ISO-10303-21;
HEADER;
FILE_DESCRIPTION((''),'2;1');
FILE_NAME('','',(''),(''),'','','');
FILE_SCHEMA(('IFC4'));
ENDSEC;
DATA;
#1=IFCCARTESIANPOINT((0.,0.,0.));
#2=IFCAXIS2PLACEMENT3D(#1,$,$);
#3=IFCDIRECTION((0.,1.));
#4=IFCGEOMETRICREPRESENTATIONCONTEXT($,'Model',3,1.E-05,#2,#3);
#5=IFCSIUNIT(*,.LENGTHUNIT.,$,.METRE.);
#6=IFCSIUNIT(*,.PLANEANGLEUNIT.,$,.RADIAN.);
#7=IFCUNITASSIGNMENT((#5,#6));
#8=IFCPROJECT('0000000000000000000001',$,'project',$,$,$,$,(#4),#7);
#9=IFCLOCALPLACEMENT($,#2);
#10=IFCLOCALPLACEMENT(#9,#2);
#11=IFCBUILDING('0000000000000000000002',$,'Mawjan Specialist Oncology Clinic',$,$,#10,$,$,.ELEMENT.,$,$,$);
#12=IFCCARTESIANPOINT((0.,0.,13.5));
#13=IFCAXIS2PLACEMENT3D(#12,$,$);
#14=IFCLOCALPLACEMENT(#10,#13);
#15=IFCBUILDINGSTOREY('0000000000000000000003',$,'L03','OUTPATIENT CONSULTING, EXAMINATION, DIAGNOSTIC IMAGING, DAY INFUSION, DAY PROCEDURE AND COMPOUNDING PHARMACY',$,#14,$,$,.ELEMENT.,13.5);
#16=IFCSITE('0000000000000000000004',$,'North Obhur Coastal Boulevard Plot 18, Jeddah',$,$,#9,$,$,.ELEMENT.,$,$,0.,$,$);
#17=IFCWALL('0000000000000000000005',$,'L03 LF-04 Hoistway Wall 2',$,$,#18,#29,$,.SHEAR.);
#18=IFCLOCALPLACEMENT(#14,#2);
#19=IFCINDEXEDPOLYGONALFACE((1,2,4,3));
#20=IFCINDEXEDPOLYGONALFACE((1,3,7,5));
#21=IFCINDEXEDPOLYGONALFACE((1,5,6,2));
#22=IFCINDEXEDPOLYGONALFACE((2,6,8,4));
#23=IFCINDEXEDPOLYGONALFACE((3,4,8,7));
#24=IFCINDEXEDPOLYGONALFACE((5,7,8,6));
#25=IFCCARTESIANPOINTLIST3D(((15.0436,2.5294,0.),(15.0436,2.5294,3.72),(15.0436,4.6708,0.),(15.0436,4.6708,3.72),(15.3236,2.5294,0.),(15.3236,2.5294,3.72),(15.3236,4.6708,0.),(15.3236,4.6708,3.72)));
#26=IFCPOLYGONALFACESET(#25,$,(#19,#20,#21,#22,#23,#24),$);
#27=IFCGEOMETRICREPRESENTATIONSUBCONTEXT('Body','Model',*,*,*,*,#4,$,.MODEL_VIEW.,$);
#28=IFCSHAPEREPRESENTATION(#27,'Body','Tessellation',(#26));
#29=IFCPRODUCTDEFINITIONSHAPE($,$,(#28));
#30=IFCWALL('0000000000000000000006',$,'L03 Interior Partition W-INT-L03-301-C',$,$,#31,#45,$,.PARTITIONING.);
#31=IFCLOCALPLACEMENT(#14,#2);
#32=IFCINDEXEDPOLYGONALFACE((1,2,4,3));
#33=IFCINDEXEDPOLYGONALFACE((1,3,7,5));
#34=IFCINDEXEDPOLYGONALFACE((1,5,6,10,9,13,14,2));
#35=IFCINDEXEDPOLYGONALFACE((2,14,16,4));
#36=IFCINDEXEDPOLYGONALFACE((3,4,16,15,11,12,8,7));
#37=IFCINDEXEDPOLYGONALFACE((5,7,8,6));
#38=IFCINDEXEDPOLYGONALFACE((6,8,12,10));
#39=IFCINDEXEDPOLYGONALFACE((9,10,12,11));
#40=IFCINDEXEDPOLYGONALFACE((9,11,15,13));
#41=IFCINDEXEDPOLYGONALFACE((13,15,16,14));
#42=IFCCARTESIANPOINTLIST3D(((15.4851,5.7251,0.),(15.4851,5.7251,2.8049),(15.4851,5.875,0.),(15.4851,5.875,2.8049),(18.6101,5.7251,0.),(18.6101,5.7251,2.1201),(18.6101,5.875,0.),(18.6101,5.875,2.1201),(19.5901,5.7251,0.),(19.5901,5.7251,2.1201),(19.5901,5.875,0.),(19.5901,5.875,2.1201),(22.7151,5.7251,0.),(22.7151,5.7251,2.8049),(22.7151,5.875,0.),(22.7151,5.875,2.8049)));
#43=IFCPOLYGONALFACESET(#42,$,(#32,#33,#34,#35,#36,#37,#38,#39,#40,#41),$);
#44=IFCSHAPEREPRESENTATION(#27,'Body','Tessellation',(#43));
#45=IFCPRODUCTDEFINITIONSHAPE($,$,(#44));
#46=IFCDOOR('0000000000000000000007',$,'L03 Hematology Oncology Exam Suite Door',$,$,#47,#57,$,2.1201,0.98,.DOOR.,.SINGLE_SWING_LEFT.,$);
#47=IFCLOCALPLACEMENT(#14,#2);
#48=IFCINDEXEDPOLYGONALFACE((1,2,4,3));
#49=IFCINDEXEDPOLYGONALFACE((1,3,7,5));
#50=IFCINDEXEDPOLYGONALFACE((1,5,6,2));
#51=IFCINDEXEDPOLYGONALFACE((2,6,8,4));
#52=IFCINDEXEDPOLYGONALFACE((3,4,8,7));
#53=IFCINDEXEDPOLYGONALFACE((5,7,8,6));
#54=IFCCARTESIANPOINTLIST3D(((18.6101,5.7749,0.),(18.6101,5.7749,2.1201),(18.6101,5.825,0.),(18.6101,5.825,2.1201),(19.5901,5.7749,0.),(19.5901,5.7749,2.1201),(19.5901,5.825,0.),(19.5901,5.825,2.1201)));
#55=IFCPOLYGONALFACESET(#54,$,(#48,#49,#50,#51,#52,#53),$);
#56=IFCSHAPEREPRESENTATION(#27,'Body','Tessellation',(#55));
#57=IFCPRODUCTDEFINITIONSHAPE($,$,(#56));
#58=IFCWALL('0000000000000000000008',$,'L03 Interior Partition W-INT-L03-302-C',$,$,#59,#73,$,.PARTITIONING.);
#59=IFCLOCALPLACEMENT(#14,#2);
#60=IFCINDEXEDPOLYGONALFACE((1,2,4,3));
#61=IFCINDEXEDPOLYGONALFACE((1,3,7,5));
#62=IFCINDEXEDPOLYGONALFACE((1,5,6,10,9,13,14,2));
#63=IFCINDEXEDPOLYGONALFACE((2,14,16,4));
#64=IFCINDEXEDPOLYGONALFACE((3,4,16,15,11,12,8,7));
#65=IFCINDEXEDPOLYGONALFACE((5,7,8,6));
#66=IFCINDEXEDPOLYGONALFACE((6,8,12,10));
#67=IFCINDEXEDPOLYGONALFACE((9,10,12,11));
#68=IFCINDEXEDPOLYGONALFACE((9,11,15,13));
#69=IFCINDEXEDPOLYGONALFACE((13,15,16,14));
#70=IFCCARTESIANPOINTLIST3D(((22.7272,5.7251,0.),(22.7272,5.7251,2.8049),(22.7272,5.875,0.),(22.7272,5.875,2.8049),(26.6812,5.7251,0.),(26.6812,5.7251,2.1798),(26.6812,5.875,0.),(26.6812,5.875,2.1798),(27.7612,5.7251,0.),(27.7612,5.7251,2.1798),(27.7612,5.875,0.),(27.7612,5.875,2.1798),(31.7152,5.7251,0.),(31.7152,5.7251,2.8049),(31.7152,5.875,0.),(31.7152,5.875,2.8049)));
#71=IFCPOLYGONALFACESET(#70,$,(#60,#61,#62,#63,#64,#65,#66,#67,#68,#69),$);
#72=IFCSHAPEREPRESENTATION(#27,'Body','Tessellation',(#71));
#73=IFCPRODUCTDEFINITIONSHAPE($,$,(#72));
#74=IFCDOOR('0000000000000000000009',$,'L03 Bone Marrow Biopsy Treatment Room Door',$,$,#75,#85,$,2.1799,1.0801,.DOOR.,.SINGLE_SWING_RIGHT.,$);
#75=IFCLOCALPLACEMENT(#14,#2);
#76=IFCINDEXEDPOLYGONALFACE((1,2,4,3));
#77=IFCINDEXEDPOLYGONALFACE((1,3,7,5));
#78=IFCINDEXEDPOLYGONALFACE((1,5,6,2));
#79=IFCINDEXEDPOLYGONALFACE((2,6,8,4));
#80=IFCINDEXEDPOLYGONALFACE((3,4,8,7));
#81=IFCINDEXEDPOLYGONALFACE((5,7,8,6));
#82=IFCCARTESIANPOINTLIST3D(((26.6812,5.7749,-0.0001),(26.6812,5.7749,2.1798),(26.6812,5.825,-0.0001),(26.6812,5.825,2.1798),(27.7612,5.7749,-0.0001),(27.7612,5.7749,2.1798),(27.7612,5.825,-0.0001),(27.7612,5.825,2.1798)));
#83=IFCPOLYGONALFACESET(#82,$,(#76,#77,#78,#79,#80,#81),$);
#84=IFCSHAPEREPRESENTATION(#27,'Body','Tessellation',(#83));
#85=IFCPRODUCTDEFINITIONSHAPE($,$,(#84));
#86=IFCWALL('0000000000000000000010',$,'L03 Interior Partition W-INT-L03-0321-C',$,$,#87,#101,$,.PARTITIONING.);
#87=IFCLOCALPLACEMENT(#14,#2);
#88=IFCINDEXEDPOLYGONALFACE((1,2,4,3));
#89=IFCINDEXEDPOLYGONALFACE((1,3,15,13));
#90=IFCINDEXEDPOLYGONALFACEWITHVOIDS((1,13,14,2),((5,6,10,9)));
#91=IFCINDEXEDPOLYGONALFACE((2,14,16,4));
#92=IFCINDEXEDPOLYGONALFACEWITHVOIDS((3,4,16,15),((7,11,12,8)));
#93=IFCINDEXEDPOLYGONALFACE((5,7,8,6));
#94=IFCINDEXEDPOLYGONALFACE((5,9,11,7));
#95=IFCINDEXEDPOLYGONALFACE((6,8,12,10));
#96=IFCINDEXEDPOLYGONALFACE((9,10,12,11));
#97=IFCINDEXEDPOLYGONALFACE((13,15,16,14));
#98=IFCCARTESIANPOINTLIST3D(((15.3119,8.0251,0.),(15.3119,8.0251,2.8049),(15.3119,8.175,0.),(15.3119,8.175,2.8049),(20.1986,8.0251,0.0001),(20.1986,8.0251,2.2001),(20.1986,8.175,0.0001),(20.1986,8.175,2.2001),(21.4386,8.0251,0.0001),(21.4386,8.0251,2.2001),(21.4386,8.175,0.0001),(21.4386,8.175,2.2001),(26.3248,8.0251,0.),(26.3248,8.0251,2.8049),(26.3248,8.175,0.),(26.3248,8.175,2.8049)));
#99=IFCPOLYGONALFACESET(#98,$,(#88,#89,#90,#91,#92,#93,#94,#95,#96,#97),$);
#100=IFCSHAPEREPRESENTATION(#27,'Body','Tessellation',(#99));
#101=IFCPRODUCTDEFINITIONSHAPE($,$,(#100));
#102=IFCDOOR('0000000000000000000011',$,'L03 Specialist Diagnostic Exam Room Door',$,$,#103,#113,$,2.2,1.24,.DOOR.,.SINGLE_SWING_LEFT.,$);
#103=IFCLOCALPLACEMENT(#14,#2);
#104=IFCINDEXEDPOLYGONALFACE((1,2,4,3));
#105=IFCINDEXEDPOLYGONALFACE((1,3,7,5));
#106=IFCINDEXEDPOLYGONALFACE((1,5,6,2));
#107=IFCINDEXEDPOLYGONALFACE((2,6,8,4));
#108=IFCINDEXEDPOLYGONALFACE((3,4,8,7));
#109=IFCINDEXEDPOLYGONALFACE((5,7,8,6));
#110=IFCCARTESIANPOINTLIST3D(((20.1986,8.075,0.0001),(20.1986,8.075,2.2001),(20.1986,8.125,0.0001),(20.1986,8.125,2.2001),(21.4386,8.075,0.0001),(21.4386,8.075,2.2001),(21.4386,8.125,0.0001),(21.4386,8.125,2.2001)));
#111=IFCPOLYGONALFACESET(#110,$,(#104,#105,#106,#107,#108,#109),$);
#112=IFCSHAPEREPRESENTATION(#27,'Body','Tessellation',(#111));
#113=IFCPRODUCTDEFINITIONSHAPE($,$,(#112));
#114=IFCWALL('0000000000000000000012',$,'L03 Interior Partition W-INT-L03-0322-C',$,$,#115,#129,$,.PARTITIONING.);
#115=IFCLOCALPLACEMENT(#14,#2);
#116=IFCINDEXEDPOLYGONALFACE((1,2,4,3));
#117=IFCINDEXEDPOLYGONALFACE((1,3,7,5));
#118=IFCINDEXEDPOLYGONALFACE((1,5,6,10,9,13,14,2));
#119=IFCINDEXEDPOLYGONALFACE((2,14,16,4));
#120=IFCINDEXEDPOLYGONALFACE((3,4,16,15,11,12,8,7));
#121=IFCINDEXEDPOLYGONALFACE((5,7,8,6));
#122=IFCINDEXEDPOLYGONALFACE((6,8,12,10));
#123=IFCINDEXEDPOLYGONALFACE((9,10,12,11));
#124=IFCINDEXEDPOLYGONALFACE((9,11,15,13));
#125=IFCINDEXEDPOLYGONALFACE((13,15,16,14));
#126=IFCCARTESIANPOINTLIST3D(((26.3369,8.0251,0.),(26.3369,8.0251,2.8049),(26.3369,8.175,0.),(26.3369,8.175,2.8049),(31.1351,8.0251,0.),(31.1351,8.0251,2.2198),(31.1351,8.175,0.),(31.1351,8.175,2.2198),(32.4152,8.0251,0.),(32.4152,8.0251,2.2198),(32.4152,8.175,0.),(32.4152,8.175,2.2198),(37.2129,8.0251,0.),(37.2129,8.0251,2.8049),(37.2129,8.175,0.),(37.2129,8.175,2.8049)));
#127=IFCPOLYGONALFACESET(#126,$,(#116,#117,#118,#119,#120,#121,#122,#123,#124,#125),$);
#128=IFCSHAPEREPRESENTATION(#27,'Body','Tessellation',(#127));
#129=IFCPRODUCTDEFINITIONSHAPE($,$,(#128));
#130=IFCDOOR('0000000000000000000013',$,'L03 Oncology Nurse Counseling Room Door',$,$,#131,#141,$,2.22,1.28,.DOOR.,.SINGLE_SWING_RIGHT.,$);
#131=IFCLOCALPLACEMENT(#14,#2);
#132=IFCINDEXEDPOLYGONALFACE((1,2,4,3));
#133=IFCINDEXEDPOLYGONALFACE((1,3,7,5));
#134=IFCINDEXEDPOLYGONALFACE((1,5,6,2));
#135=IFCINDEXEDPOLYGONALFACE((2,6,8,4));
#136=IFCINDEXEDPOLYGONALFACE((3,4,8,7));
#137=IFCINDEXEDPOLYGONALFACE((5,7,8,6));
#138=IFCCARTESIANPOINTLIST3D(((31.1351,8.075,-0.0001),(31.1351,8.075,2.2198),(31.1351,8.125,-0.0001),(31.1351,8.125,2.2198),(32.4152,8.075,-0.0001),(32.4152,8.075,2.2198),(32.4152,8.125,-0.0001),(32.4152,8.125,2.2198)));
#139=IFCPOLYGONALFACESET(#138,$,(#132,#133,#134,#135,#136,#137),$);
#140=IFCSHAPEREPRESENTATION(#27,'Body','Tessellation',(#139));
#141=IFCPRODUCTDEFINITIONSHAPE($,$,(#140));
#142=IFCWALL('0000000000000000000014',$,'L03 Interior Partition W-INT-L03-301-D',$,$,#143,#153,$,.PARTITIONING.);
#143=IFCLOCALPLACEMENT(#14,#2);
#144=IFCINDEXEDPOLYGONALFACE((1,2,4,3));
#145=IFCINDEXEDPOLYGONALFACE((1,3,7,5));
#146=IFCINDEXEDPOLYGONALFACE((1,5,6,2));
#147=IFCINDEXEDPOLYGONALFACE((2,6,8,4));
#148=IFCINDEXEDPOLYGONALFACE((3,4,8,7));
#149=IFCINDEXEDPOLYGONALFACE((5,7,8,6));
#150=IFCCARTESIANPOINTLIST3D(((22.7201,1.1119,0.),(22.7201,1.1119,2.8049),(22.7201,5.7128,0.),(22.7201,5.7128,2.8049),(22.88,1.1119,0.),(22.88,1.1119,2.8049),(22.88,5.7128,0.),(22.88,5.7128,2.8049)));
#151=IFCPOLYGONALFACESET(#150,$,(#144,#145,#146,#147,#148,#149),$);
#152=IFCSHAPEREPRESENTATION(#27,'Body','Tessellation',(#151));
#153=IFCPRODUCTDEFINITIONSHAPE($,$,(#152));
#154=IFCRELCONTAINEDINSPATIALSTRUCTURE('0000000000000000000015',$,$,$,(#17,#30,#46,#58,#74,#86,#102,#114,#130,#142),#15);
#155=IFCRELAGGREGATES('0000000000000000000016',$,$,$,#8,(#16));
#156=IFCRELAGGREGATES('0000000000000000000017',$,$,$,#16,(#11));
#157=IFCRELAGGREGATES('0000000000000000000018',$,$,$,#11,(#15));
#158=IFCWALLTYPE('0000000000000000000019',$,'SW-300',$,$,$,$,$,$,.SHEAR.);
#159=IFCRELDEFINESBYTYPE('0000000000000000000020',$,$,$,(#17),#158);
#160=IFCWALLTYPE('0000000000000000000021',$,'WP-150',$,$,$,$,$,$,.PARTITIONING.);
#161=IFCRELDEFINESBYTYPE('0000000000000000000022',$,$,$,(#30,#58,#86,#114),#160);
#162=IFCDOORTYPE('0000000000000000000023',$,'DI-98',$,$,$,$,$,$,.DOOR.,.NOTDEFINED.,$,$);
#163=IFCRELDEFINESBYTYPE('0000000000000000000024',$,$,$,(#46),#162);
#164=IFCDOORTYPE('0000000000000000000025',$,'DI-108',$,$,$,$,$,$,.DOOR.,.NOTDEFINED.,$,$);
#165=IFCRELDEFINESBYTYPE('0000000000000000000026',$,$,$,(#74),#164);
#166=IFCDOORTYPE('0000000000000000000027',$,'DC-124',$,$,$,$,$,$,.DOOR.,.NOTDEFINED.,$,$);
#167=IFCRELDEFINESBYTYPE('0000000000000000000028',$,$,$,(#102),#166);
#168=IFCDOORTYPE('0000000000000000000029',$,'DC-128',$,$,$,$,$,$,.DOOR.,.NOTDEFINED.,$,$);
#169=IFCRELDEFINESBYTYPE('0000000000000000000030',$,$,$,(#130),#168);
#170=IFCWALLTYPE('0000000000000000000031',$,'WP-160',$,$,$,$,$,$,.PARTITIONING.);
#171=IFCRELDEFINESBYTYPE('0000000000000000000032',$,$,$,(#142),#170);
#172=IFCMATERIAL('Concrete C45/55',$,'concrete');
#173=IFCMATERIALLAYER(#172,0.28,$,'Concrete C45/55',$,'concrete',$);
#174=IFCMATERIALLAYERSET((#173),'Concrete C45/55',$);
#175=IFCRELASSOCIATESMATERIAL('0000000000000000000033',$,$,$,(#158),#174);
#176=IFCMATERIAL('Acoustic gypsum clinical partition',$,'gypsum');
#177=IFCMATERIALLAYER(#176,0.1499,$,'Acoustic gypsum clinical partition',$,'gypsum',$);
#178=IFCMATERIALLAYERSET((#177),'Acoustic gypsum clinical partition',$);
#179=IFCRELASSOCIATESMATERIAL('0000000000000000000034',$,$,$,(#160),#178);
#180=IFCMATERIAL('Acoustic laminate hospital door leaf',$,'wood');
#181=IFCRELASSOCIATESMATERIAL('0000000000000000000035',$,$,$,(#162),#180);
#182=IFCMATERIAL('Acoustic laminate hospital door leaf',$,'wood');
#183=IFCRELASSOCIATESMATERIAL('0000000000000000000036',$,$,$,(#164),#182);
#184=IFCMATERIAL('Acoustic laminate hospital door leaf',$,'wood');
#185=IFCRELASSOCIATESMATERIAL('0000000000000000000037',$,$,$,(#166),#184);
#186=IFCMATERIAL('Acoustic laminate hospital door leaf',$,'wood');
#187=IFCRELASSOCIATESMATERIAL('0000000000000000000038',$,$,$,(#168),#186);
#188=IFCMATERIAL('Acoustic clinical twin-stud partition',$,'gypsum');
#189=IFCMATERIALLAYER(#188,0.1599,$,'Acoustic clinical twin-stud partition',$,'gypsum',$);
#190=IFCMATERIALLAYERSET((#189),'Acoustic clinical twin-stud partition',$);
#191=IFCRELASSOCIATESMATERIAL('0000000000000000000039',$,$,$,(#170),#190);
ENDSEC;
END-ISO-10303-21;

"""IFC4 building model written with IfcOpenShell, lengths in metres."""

from ifc_helpers import new_model, si_unit, direction, frame, frame_2d, origin, place, context, subcontext, project, spatial, rectangle, extrude, material, layer, layer_set, type_object, element, fill, save


model = new_model("IFC4")

# Units and contexts
model_context = context("Model", 3, precision=1e-05, world=origin(), true_north=direction((0.0, 1.0)))
body_context = subcontext(model_context, "Body", "Model", "MODEL_VIEW")
ifc_project = project(units=[si_unit("LENGTHUNIT", "METRE"), si_unit("PLANEANGLEUNIT", "RADIAN")], contexts=[model_context])

# Site, building, storey
site_placement = place(None, origin())
site = spatial("IfcSite", under=ifc_project, at=site_placement, Name="North Obhur Coastal Boulevard Plot 18, Jeddah", CompositionType="ELEMENT", RefElevation=0.0)
building_placement = place(site_placement, origin())
building = spatial("IfcBuilding", under=site, at=building_placement, Name="Mawjan Specialist Oncology Clinic", CompositionType="ELEMENT")
storey_placement = place(building_placement, frame((0.0, 0.0, 13.5)))
storey = spatial("IfcBuildingStorey", under=building, at=storey_placement, Name="L03", Description="OUTPATIENT CONSULTING, EXAMINATION, DIAGNOSTIC IMAGING, DAY INFUSION, DAY PROCEDURE AND COMPOUNDING PHARMACY", CompositionType="ELEMENT", Elevation=13.5)

# Wall
ifc_material_1 = material(Name="Concrete C45/55", Category="concrete")
ifc_layer_1 = layer(ifc_material_1, 0.28, Name="Concrete C45/55", Category="concrete")
ifc_layer_set_1 = layer_set([ifc_layer_1], Name="Concrete C45/55")
wall_type_1 = type_object("IfcWallType", Name="SW-300", PredefinedType="SHEAR", material=ifc_layer_set_1)
wall_1_placement = place(storey_placement, frame((15.1836, 2.5293, 0.0), z_axis=(0.0, 0.0, 1.0), x_axis=(0.0, 1.0, 0.0)))
element("IfcWall", 1, at=wall_1_placement, inside=storey, type_object=wall_type_1, Name="L03 LF-04 Hoistway Wall 2", PredefinedType="SHEAR", context=body_context, shape_type="SweptSolid", body=[
    extrude(rectangle(XDim=2.1414, YDim=0.28, at=frame_2d((1.0708, 0.0))), origin(), (0.0, 0.0, 1.0), 3.72),
])

# Walls, openings, doors
ifc_material_2 = material(Name="Acoustic gypsum clinical partition", Category="gypsum")
ifc_layer_2 = layer(ifc_material_2, 0.1499, Name="Acoustic gypsum clinical partition", Category="gypsum")
ifc_layer_set_2 = layer_set([ifc_layer_2], Name="Acoustic gypsum clinical partition")
wall_type_2 = type_object("IfcWallType", Name="WP-150", PredefinedType="PARTITIONING", material=ifc_layer_set_2)
wall_2_placement = place(storey_placement, frame((15.4851, 5.8, 0.0), z_axis=(0.0, 0.0, 1.0), x_axis=(1.0, 0.0, 0.0)))
wall_2 = element("IfcWall", 2, at=wall_2_placement, inside=storey, type_object=wall_type_2, Name="L03 Interior Partition W-INT-L03-301-C", PredefinedType="PARTITIONING", context=body_context, shape_type="SweptSolid", body=[
    extrude(rectangle(XDim=7.23, YDim=0.1499, at=frame_2d((3.615, 0.0))), origin(), (0.0, 0.0, 1.0), 2.8049),
])
opening_1_placement = place(wall_2_placement, frame((3.125, 0.0, 0.0)))
opening_1 = element("IfcOpeningElement", 3, at=opening_1_placement, cuts=wall_2, PredefinedType="OPENING", context=body_context, shape_type="SweptSolid", body=[
    extrude(rectangle(XDim=0.98, YDim=2.1201, at=frame_2d((0.49, 1.0601))), frame((0.0, 0.0869, 0.0), z_axis=(0.0, -1.0, 0.0), x_axis=(1.0, 0.0, 0.0)), (0.0, 0.0, 1.0), 0.1738),
])
ifc_material_3 = material(Name="Acoustic laminate hospital door leaf", Category="wood")
door_type_1 = type_object("IfcDoorType", Name="DI-98", OperationType="NOTDEFINED", PredefinedType="DOOR", material=ifc_material_3)
door_1_placement = place(opening_1_placement, origin())
door_1 = element("IfcDoor", 4, at=door_1_placement, inside=storey, type_object=door_type_1, Name="L03 Hematology Oncology Exam Suite Door", OperationType="SINGLE_SWING_LEFT", OverallHeight=2.1201, OverallWidth=0.98, PredefinedType="DOOR", context=body_context, shape_type="SweptSolid", body=[
    extrude(rectangle(XDim=0.98, YDim=2.1201, at=frame_2d((0.49, 1.0601))), frame((0.0, 0.0249, 0.0), z_axis=(0.0, -1.0, 0.0), x_axis=(1.0, 0.0, 0.0)), (0.0, 0.0, 1.0), 0.05),
])
fill(opening_1, door_1)
wall_3_placement = place(storey_placement, frame((22.7271, 5.8, 0.0), z_axis=(0.0, 0.0, 1.0), x_axis=(1.0, 0.0, 0.0)))
wall_3 = element("IfcWall", 5, at=wall_3_placement, inside=storey, type_object=wall_type_2, Name="L03 Interior Partition W-INT-L03-302-C", PredefinedType="PARTITIONING", context=body_context, shape_type="SweptSolid", body=[
    extrude(rectangle(XDim=8.988, YDim=0.1499, at=frame_2d((4.4941, 0.0))), origin(), (0.0, 0.0, 1.0), 2.8049),
])
opening_2_placement = place(wall_3_placement, frame((3.9541, 0.0, 0.0)))
opening_2 = element("IfcOpeningElement", 6, at=opening_2_placement, cuts=wall_3, PredefinedType="OPENING", context=body_context, shape_type="SweptSolid", body=[
    extrude(rectangle(XDim=1.0801, YDim=2.1799, at=frame_2d((0.54, 1.0898))), frame((0.0, 0.0869, 0.0), z_axis=(0.0, -1.0, 0.0), x_axis=(1.0, 0.0, 0.0)), (0.0, 0.0, 1.0), 0.1738),
])
ifc_material_4 = material(Name="Acoustic laminate hospital door leaf", Category="wood")
door_type_2 = type_object("IfcDoorType", Name="DI-108", OperationType="NOTDEFINED", PredefinedType="DOOR", material=ifc_material_4)
door_2_placement = place(opening_2_placement, origin())
door_2 = element("IfcDoor", 7, at=door_2_placement, inside=storey, type_object=door_type_2, Name="L03 Bone Marrow Biopsy Treatment Room Door", OperationType="SINGLE_SWING_RIGHT", OverallHeight=2.1799, OverallWidth=1.0801, PredefinedType="DOOR", context=body_context, shape_type="SweptSolid", body=[
    extrude(rectangle(XDim=1.0801, YDim=2.1799, at=frame_2d((0.54, 1.0898))), frame((0.0, 0.0249, 0.0), z_axis=(0.0, -1.0, 0.0), x_axis=(1.0, 0.0, 0.0)), (0.0, 0.0, 1.0), 0.05),
])
fill(opening_2, door_2)
wall_4_placement = place(storey_placement, frame((15.312, 8.1001, 0.0), z_axis=(0.0, 0.0, 1.0), x_axis=(1.0, 0.0, 0.0)))
wall_4 = element("IfcWall", 8, at=wall_4_placement, inside=storey, type_object=wall_type_2, Name="L03 Interior Partition W-INT-L03-0321-C", PredefinedType="PARTITIONING", context=body_context, shape_type="SweptSolid", body=[
    extrude(rectangle(XDim=11.0129, YDim=0.1499, at=frame_2d((5.5063, 0.0))), origin(), (0.0, 0.0, 1.0), 2.8049),
])
opening_3_placement = place(wall_4_placement, frame((4.8865, 0.0, 0.0)))
opening_3 = element("IfcOpeningElement", 9, at=opening_3_placement, cuts=wall_4, PredefinedType="OPENING", context=body_context, shape_type="SweptSolid", body=[
    extrude(rectangle(XDim=1.24, YDim=2.2, at=frame_2d((0.6201, 1.1001))), frame((0.0, 0.0869, 0.0), z_axis=(0.0, -1.0, 0.0), x_axis=(1.0, 0.0, 0.0)), (0.0, 0.0, 1.0), 0.1738),
])
ifc_material_5 = material(Name="Acoustic laminate hospital door leaf", Category="wood")
door_type_3 = type_object("IfcDoorType", Name="DC-124", OperationType="NOTDEFINED", PredefinedType="DOOR", material=ifc_material_5)
door_3_placement = place(opening_3_placement, origin())
door_3 = element("IfcDoor", 10, at=door_3_placement, inside=storey, type_object=door_type_3, Name="L03 Specialist Diagnostic Exam Room Door", OperationType="SINGLE_SWING_LEFT", OverallHeight=2.2, OverallWidth=1.24, PredefinedType="DOOR", context=body_context, shape_type="SweptSolid", body=[
    extrude(rectangle(XDim=1.24, YDim=2.2, at=frame_2d((0.6201, 1.1001))), frame((0.0, 0.0249, 0.0), z_axis=(0.0, -1.0, 0.0), x_axis=(1.0, 0.0, 0.0)), (0.0, 0.0, 1.0), 0.05),
])
fill(opening_3, door_3)
wall_5_placement = place(storey_placement, frame((26.3369, 8.1001, 0.0), z_axis=(0.0, 0.0, 1.0), x_axis=(1.0, 0.0, 0.0)))
wall_5 = element("IfcWall", 11, at=wall_5_placement, inside=storey, type_object=wall_type_2, Name="L03 Interior Partition W-INT-L03-0322-C", PredefinedType="PARTITIONING", context=body_context, shape_type="SweptSolid", body=[
    extrude(rectangle(XDim=10.876, YDim=0.1499, at=frame_2d((5.438, 0.0))), origin(), (0.0, 0.0, 1.0), 2.8049),
])
opening_4_placement = place(wall_5_placement, frame((4.7981, 0.0, 0.0)))
opening_4 = element("IfcOpeningElement", 12, at=opening_4_placement, cuts=wall_5, PredefinedType="OPENING", context=body_context, shape_type="SweptSolid", body=[
    extrude(rectangle(XDim=1.28, YDim=2.22, at=frame_2d((0.6401, 1.1099))), frame((0.0, 0.0869, 0.0), z_axis=(0.0, -1.0, 0.0), x_axis=(1.0, 0.0, 0.0)), (0.0, 0.0, 1.0), 0.1738),
])
ifc_material_6 = material(Name="Acoustic laminate hospital door leaf", Category="wood")
door_type_4 = type_object("IfcDoorType", Name="DC-128", OperationType="NOTDEFINED", PredefinedType="DOOR", material=ifc_material_6)
door_4_placement = place(opening_4_placement, origin())
door_4 = element("IfcDoor", 13, at=door_4_placement, inside=storey, type_object=door_type_4, Name="L03 Oncology Nurse Counseling Room Door", OperationType="SINGLE_SWING_RIGHT", OverallHeight=2.22, OverallWidth=1.28, PredefinedType="DOOR", context=body_context, shape_type="SweptSolid", body=[
    extrude(rectangle(XDim=1.28, YDim=2.22, at=frame_2d((0.6401, 1.1099))), frame((0.0, 0.0249, 0.0), z_axis=(0.0, -1.0, 0.0), x_axis=(1.0, 0.0, 0.0)), (0.0, 0.0, 1.0), 0.05),
])
fill(opening_4, door_4)

# Wall
ifc_material_7 = material(Name="Acoustic clinical twin-stud partition", Category="gypsum")
ifc_layer_3 = layer(ifc_material_7, 0.1599, Name="Acoustic clinical twin-stud partition", Category="gypsum")
ifc_layer_set_3 = layer_set([ifc_layer_3], Name="Acoustic clinical twin-stud partition")
wall_type_3 = type_object("IfcWallType", Name="WP-160", PredefinedType="PARTITIONING", material=ifc_layer_set_3)
wall_6_placement = place(storey_placement, frame((22.8, 1.1121, 0.0), z_axis=(0.0, 0.0, 1.0), x_axis=(0.0, 1.0, 0.0)))
element("IfcWall", 14, at=wall_6_placement, inside=storey, type_object=wall_type_3, Name="L03 Interior Partition W-INT-L03-301-D", PredefinedType="PARTITIONING", context=body_context, shape_type="SweptSolid", body=[
    extrude(rectangle(XDim=4.6008, YDim=0.1599, at=frame_2d((2.3003, 0.0))), origin(), (0.0, 0.0, 1.0), 2.8049),
])

save(model, "model.ifc")
